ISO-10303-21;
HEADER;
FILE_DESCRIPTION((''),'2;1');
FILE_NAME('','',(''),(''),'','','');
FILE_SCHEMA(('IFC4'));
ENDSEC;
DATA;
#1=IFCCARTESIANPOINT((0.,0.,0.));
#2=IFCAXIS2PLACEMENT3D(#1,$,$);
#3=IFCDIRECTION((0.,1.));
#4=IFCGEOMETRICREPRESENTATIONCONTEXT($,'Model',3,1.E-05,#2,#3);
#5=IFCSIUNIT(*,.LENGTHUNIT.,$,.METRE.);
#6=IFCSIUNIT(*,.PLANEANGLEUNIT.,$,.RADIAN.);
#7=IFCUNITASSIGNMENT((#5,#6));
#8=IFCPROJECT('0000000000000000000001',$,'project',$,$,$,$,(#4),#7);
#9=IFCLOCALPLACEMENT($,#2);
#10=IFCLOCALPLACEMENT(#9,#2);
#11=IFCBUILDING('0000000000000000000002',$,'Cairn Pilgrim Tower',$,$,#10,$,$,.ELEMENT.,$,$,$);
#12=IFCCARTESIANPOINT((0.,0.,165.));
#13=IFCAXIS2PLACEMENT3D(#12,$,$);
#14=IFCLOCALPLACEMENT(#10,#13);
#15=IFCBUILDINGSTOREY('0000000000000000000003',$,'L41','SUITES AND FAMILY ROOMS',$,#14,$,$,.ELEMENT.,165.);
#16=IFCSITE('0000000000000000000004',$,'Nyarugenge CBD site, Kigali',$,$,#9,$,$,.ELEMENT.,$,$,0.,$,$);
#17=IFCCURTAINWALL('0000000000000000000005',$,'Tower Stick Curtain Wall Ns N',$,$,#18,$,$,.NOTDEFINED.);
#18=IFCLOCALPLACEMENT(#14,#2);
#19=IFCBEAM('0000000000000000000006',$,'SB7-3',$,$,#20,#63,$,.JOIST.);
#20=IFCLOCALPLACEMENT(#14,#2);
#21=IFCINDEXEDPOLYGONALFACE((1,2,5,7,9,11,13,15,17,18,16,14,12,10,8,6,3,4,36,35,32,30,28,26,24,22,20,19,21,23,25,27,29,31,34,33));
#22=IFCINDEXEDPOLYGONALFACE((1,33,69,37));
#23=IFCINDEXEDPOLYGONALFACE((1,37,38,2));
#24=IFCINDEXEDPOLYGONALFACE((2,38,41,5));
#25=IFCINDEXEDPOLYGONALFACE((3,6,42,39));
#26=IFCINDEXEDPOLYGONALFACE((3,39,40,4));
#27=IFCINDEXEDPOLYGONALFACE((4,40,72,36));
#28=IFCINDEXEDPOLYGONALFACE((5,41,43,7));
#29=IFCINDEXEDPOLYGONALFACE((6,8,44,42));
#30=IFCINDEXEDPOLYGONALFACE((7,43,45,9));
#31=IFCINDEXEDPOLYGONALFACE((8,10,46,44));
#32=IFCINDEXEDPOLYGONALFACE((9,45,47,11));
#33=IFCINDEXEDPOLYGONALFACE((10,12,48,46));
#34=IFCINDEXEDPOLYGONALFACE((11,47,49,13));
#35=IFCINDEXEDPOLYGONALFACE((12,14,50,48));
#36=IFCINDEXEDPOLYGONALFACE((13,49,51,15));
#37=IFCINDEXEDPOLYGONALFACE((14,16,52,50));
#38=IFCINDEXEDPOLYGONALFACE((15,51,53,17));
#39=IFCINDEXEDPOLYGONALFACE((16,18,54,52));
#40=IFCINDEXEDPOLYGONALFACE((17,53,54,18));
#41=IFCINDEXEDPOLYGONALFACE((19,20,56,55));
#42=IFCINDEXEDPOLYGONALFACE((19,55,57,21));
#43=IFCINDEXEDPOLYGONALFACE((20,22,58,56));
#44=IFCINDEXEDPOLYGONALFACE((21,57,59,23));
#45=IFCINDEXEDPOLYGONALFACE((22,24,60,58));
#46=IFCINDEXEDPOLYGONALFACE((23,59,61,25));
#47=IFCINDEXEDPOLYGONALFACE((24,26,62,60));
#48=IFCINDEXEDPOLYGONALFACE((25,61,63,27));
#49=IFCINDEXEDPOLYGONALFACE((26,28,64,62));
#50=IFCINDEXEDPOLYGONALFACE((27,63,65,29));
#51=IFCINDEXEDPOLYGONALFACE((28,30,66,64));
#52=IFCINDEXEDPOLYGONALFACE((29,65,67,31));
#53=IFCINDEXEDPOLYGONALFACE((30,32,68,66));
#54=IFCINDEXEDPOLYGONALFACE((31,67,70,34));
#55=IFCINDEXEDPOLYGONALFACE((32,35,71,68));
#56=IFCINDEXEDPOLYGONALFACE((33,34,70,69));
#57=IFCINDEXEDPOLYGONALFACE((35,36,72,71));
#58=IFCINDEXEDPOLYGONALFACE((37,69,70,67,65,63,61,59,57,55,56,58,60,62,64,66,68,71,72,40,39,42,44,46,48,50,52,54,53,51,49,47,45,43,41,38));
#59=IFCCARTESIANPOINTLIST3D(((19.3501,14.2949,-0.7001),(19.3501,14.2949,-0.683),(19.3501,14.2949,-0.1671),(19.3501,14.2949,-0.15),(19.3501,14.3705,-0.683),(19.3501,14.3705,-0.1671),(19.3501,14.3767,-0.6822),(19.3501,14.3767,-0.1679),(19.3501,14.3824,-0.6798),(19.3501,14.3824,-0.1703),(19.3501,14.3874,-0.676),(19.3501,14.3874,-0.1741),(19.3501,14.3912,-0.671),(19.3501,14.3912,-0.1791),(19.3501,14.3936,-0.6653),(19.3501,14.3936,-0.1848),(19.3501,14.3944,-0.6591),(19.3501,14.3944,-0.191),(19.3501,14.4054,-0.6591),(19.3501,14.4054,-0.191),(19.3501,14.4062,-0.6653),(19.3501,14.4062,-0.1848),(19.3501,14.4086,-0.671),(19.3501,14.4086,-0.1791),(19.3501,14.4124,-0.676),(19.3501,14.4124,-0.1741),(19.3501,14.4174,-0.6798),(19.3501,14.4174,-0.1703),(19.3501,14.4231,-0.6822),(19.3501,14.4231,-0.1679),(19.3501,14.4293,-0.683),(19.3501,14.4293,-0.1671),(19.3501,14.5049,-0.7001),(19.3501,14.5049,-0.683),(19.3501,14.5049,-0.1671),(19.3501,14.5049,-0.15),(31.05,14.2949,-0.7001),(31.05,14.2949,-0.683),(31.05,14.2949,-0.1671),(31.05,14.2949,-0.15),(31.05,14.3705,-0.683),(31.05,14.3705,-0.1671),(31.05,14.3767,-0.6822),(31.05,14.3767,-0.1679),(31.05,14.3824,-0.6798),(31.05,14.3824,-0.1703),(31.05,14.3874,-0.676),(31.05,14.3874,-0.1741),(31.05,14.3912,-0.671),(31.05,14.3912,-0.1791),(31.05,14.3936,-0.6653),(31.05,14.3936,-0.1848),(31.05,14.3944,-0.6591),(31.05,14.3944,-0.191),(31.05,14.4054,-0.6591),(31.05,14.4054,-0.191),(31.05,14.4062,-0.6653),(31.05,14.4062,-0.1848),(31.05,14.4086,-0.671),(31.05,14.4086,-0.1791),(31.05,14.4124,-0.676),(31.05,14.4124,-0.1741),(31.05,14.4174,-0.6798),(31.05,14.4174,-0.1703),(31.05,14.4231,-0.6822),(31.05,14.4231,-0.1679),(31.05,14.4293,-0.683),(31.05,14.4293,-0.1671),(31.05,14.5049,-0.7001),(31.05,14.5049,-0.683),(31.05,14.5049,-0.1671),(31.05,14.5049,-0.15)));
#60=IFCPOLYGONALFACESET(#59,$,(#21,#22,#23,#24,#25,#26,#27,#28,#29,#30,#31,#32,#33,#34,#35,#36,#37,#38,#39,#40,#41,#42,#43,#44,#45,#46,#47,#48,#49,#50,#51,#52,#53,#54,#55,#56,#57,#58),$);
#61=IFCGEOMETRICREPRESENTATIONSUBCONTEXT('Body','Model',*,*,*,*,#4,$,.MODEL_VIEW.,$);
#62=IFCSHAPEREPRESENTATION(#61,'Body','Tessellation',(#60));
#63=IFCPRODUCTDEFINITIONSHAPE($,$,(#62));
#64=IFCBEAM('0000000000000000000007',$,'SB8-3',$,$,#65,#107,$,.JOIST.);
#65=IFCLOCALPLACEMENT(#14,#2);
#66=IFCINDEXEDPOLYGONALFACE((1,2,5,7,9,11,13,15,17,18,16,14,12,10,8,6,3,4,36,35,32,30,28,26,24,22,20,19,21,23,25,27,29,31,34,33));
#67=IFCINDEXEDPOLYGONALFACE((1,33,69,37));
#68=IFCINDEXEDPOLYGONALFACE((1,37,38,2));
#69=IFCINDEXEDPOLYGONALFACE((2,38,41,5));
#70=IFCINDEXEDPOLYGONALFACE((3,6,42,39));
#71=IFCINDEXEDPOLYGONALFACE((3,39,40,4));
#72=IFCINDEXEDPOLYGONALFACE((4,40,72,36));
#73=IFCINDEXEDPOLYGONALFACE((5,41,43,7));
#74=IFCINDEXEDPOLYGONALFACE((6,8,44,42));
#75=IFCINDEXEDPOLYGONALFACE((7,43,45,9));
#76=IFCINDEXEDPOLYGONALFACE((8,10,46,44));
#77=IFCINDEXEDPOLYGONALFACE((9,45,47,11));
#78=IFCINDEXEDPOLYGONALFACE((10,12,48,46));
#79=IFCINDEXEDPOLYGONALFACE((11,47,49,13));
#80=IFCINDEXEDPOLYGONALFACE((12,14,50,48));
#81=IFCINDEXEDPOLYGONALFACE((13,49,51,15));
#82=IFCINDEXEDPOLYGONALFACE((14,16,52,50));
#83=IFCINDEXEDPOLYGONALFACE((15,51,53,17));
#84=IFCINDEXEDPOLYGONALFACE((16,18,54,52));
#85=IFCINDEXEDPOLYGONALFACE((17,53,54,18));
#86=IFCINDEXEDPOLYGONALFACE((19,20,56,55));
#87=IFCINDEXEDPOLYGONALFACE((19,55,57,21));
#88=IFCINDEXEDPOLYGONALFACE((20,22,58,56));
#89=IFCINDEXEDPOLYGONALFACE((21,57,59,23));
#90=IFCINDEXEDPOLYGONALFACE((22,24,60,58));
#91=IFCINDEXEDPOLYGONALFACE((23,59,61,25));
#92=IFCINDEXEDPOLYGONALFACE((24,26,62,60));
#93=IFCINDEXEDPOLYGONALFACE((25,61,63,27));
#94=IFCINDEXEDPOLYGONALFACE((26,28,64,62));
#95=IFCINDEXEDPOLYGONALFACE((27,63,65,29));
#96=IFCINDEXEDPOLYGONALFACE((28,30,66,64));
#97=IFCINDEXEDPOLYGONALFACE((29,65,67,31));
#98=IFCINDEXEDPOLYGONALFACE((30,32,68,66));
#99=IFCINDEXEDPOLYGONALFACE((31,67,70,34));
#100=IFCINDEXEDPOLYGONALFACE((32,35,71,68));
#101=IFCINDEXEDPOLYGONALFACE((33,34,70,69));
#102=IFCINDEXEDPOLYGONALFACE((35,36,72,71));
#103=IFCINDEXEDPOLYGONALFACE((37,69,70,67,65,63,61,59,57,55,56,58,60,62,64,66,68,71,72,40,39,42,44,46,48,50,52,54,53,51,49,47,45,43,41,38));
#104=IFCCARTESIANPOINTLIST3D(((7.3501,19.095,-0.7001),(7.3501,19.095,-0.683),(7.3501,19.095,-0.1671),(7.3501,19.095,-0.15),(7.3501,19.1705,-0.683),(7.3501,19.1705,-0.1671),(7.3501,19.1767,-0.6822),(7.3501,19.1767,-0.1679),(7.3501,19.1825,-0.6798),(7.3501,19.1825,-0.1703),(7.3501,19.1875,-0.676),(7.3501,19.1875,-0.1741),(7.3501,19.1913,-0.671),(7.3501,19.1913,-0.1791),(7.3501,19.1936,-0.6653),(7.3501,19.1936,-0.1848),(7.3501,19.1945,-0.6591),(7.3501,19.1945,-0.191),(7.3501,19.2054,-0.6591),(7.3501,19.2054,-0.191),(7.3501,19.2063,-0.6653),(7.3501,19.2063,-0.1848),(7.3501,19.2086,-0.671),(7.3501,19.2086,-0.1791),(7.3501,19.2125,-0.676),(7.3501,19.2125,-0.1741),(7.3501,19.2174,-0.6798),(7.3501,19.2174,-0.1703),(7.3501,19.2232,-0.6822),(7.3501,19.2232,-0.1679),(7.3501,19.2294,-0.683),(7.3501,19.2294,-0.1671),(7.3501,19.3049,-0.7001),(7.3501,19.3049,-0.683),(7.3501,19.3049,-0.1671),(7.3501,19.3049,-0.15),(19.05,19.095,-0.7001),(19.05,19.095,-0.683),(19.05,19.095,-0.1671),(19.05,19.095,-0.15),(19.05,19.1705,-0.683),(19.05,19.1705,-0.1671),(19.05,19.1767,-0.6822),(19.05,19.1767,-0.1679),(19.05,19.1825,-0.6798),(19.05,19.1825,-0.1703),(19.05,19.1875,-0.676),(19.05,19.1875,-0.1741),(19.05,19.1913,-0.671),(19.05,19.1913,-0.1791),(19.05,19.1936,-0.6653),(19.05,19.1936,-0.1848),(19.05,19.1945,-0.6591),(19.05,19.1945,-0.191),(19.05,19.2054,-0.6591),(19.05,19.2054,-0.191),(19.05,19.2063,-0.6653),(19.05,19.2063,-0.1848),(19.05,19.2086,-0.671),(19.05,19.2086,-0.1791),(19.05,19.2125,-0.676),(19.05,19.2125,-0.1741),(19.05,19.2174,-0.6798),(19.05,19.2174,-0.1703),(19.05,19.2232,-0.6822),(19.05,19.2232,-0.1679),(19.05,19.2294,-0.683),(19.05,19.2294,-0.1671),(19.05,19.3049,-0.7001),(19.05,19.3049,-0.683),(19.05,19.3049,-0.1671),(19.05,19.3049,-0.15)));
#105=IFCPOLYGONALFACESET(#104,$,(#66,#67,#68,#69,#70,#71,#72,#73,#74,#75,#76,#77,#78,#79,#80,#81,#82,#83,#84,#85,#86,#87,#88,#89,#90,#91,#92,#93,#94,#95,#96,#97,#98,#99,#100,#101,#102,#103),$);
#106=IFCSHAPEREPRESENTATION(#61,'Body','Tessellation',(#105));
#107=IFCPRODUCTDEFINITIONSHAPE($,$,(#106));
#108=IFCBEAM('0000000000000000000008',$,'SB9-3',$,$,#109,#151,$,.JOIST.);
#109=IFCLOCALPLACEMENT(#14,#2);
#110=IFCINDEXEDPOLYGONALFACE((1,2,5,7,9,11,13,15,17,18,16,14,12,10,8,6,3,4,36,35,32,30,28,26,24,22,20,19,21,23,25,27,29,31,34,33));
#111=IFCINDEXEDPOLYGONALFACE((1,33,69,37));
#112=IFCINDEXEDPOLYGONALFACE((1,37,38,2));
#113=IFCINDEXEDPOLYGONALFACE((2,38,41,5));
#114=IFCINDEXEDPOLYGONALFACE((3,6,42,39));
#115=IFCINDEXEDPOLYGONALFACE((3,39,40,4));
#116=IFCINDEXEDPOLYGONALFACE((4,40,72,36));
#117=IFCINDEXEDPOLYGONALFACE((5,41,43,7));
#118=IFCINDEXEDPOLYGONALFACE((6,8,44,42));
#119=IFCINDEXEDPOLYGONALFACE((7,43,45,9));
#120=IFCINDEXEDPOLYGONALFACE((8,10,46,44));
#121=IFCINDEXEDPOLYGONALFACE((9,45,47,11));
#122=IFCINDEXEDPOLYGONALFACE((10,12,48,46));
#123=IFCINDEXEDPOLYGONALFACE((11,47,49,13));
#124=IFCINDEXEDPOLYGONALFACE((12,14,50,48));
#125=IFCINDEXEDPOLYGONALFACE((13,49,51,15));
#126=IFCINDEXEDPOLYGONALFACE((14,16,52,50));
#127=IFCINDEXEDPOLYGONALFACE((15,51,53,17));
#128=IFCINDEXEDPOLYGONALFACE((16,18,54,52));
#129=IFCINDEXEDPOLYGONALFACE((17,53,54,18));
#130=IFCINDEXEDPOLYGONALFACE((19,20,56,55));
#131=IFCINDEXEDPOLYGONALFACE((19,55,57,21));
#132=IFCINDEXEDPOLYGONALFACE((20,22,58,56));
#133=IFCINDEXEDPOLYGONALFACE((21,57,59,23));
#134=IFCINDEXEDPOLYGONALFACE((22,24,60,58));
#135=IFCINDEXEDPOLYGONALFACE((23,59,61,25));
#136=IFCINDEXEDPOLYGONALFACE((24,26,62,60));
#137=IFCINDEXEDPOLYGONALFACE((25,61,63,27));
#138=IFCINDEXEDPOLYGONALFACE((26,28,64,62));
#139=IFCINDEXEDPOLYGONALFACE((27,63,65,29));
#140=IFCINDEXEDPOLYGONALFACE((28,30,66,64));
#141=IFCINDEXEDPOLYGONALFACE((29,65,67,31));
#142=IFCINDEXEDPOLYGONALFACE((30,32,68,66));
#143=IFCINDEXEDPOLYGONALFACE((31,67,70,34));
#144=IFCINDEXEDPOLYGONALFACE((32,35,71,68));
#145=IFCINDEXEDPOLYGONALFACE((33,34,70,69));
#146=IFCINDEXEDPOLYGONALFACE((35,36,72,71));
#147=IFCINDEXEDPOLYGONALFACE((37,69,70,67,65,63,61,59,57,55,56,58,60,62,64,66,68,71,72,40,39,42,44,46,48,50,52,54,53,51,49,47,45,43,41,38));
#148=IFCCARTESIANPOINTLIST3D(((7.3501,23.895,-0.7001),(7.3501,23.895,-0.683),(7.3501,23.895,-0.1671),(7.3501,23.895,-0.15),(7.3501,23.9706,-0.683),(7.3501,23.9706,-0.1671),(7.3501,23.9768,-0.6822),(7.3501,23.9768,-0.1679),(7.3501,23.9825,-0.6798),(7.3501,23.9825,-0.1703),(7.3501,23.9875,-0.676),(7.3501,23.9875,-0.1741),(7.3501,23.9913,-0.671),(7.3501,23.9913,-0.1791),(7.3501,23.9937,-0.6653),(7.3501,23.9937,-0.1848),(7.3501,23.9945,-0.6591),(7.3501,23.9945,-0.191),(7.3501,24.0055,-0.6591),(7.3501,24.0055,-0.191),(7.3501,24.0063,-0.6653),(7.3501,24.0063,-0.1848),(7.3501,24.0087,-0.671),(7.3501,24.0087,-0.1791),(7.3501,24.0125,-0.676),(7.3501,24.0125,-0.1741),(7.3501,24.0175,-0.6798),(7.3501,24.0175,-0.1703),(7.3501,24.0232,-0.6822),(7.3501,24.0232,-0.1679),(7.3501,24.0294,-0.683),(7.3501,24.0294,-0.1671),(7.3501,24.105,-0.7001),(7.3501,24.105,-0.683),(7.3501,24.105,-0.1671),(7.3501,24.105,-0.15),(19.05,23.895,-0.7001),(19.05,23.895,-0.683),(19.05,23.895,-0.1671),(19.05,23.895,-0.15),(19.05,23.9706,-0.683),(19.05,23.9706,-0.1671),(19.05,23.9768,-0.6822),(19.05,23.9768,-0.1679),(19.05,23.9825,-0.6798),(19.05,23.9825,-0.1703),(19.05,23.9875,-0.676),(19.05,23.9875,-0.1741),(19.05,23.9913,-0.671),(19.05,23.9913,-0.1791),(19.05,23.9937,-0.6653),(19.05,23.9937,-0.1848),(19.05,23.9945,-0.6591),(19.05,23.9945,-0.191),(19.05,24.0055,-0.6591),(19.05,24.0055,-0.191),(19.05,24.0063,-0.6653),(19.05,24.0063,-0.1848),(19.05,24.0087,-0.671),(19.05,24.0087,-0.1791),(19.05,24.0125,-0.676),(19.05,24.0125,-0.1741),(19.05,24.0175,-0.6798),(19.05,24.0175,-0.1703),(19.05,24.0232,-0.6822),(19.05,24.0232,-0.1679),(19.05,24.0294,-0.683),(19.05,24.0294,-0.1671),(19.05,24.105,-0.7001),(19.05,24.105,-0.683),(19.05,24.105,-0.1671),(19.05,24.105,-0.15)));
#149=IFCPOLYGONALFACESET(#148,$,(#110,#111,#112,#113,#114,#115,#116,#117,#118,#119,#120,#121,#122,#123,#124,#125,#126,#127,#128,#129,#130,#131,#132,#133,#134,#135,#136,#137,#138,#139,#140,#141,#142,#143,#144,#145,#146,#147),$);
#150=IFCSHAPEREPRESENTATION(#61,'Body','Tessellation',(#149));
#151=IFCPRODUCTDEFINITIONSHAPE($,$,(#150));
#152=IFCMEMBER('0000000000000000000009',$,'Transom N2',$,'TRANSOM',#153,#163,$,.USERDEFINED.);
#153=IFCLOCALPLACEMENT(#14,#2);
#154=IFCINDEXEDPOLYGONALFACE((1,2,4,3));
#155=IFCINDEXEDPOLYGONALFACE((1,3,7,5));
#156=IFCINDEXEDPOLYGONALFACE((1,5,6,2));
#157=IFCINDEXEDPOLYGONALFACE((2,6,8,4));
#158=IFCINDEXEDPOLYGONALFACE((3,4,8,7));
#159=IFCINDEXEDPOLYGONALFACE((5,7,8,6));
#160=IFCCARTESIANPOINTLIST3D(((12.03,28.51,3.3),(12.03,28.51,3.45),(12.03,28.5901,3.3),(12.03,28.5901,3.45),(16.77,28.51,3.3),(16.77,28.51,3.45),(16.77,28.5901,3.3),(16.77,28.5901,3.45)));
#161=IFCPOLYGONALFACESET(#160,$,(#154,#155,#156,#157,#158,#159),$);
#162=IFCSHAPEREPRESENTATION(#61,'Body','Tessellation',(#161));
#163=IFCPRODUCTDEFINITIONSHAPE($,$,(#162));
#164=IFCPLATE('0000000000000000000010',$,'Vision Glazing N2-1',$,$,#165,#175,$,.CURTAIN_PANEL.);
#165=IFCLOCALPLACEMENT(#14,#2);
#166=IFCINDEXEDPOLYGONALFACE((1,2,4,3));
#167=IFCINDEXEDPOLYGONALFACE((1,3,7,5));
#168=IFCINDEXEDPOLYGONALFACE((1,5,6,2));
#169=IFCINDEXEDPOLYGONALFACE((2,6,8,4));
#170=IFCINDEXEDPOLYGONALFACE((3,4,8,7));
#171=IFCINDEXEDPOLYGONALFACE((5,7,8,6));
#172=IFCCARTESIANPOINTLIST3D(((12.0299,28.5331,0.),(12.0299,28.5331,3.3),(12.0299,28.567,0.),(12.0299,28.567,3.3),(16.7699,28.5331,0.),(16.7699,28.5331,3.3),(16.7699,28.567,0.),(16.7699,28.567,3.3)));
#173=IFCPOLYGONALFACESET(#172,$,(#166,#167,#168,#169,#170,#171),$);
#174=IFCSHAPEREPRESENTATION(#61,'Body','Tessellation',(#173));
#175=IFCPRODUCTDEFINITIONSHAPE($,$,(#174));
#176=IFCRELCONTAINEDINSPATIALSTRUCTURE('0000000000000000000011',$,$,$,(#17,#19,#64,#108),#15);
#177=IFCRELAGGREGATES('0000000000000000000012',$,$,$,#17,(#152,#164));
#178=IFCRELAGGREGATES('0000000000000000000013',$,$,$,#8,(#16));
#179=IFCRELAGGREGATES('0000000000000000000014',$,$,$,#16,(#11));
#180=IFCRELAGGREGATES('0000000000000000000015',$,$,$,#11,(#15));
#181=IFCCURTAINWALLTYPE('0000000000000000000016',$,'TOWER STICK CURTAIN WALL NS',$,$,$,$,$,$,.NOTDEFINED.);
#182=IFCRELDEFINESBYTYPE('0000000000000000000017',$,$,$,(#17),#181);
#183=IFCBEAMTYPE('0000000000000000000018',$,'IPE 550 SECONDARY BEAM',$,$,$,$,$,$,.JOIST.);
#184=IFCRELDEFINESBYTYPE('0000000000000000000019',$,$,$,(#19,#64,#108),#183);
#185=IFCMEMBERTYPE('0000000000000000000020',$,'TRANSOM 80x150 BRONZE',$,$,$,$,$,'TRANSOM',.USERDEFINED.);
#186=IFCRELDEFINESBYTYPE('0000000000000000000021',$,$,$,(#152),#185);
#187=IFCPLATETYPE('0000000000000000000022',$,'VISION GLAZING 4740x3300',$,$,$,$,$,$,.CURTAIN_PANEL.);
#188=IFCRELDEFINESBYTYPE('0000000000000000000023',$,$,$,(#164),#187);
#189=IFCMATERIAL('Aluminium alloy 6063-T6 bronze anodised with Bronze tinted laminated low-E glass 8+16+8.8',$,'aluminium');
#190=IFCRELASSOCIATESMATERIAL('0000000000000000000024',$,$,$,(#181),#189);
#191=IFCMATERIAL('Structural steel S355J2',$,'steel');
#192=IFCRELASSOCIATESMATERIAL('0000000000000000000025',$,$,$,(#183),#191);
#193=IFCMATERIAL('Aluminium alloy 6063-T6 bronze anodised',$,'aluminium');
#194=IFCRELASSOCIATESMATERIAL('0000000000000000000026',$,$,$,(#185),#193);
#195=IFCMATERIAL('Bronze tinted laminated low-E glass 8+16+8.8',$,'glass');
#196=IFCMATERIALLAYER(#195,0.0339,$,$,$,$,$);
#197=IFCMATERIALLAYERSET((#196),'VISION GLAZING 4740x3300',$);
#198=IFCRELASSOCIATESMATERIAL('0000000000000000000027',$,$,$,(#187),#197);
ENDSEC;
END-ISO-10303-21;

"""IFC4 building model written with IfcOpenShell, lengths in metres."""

from ifc_helpers import new_model, si_unit, direction, frame, origin, origin_2d, place, context, subcontext, project, spatial, rectangle, i_section, extrude, material, layer, layer_set, material_profile, profile_set, type_object, element, aggregate, save


model = new_model("IFC4")

# Units and contexts
model_context = context("Model", 3, precision=1e-05, world=origin(), true_north=direction((0.0, 1.0)))
body_context = subcontext(model_context, "Body", "Model", "MODEL_VIEW")
ifc_project = project(units=[si_unit("LENGTHUNIT", "METRE"), si_unit("PLANEANGLEUNIT", "RADIAN")], contexts=[model_context])

# Site, building, storey
site_placement = place(None, origin())
site = spatial("IfcSite", under=ifc_project, at=site_placement, Name="Nyarugenge CBD site, Kigali", CompositionType="ELEMENT", RefElevation=0.0)
building_placement = place(site_placement, origin())
building = spatial("IfcBuilding", under=site, at=building_placement, Name="Cairn Pilgrim Tower", CompositionType="ELEMENT")
storey_placement = place(building_placement, frame((0.0, 0.0, 165.0)))
storey = spatial("IfcBuildingStorey", under=building, at=storey_placement, Name="L41", Description="SUITES AND FAMILY ROOMS", CompositionType="ELEMENT", Elevation=165.0)

# Curtain wall
ifc_material_1 = material(Name="Aluminium alloy 6063-T6 bronze anodised with Bronze tinted laminated low-E glass 8+16+8.8", Category="aluminium")
curtain_wall_type = type_object("IfcCurtainWallType", Name="TOWER STICK CURTAIN WALL NS", PredefinedType="NOTDEFINED", material=ifc_material_1)
curtain_wall_placement = place(storey_placement, origin())
curtain_wall = element("IfcCurtainWall", 1, at=curtain_wall_placement, inside=storey, type_object=curtain_wall_type, Name="Tower Stick Curtain Wall Ns N", PredefinedType="NOTDEFINED")
ifc_material_2 = material(Name="Aluminium alloy 6063-T6 bronze anodised", Category="aluminium")

# Beams
ifc_material_3 = material(Name="Structural steel S355J2", Category="steel")
ifc_material_profile_1 = material_profile(ifc_material_3, i_section(OverallWidth=0.21, OverallDepth=0.55, WebThickness=0.011, FlangeThickness=0.0171, FilletRadius=0.0239, at=origin_2d()), Name="IPE 550")
ifc_profile_set_1 = profile_set([ifc_material_profile_1], Name="Structural steel S355J2")
beam_type_1 = type_object("IfcBeamType", Name="IPE 550 SECONDARY BEAM", PredefinedType="JOIST", material=ifc_profile_set_1)
for number, where, z_axis, x_axis, name in (
    (2, (19.3501, 14.3999, -0.425), (1.0, 0.0, 0.0), (0.0, 1.0, 0.0), "SB7-3"),
    (3, (7.3501, 19.2, -0.425), (1.0, 0.0, 0.0), (0.0, 1.0, 0.0), "SB8-3"),
    (4, (7.3501, 24.0, -0.425), (1.0, 0.0, 0.0), (0.0, 1.0, 0.0), "SB9-3"),
):
    element("IfcBeam", number, at=place(storey_placement, frame(where, z_axis=z_axis, x_axis=x_axis)), inside=storey, type_object=beam_type_1, Name=name, PredefinedType="JOIST", context=body_context, shape_type="SweptSolid", body=[
        extrude(i_section(OverallWidth=0.21, OverallDepth=0.55, WebThickness=0.011, FlangeThickness=0.0171, FilletRadius=0.0239, at=origin_2d()), origin(), (0.0, 0.0, 1.0), 11.7),
    ])

# Member
ifc_material_profile_2 = material_profile(ifc_material_2, rectangle(XDim=0.0801, YDim=0.1499, at=origin_2d()), Name="TRANSOM 80x150 BRONZE")
ifc_profile_set_2 = profile_set([ifc_material_profile_2], Name="Aluminium alloy 6063-T6 bronze anodised")
member_type_1 = type_object("IfcMemberType", Name="TRANSOM 80x150 BRONZE", ElementType="TRANSOM", PredefinedType="USERDEFINED", material=ifc_profile_set_2)
member_1_placement = place(storey_placement, frame((16.77, 28.55, 3.375), z_axis=(-1.0, 0.0, 0.0), x_axis=(0.0, -1.0, 0.0)))
member_1 = element("IfcMember", 5, at=member_1_placement, type_object=member_type_1, Name="Transom N2", ObjectType="TRANSOM", PredefinedType="USERDEFINED", context=body_context, shape_type="SweptSolid", body=[
    extrude(rectangle(XDim=0.0801, YDim=0.1499, at=origin_2d()), origin(), (0.0, 0.0, 1.0), 4.74),
])

# Plate
ifc_material_4 = material(Name="Bronze tinted laminated low-E glass 8+16+8.8", Category="glass")
ifc_layer_1 = layer(ifc_material_4, 0.0339)
ifc_layer_set_1 = layer_set([ifc_layer_1], Name="VISION GLAZING 4740x3300")
plate_type = type_object("IfcPlateType", Name="VISION GLAZING 4740x3300", PredefinedType="CURTAIN_PANEL", material=ifc_layer_set_1)
plate_placement = place(storey_placement, frame((14.3999, 28.55, 0.0), z_axis=(0.0, 0.0, 1.0), x_axis=(-1.0, 0.0, 0.0)))
plate = element("IfcPlate", 6, at=plate_placement, type_object=plate_type, Name="Vision Glazing N2-1", PredefinedType="CURTAIN_PANEL", context=body_context, shape_type="SweptSolid", body=[
    extrude(rectangle(XDim=4.74, YDim=0.0339, at=origin_2d()), origin(), (0.0, 0.0, 1.0), 3.3),
])
aggregate(curtain_wall, [member_1, plate])

save(model, "model.ifc")
